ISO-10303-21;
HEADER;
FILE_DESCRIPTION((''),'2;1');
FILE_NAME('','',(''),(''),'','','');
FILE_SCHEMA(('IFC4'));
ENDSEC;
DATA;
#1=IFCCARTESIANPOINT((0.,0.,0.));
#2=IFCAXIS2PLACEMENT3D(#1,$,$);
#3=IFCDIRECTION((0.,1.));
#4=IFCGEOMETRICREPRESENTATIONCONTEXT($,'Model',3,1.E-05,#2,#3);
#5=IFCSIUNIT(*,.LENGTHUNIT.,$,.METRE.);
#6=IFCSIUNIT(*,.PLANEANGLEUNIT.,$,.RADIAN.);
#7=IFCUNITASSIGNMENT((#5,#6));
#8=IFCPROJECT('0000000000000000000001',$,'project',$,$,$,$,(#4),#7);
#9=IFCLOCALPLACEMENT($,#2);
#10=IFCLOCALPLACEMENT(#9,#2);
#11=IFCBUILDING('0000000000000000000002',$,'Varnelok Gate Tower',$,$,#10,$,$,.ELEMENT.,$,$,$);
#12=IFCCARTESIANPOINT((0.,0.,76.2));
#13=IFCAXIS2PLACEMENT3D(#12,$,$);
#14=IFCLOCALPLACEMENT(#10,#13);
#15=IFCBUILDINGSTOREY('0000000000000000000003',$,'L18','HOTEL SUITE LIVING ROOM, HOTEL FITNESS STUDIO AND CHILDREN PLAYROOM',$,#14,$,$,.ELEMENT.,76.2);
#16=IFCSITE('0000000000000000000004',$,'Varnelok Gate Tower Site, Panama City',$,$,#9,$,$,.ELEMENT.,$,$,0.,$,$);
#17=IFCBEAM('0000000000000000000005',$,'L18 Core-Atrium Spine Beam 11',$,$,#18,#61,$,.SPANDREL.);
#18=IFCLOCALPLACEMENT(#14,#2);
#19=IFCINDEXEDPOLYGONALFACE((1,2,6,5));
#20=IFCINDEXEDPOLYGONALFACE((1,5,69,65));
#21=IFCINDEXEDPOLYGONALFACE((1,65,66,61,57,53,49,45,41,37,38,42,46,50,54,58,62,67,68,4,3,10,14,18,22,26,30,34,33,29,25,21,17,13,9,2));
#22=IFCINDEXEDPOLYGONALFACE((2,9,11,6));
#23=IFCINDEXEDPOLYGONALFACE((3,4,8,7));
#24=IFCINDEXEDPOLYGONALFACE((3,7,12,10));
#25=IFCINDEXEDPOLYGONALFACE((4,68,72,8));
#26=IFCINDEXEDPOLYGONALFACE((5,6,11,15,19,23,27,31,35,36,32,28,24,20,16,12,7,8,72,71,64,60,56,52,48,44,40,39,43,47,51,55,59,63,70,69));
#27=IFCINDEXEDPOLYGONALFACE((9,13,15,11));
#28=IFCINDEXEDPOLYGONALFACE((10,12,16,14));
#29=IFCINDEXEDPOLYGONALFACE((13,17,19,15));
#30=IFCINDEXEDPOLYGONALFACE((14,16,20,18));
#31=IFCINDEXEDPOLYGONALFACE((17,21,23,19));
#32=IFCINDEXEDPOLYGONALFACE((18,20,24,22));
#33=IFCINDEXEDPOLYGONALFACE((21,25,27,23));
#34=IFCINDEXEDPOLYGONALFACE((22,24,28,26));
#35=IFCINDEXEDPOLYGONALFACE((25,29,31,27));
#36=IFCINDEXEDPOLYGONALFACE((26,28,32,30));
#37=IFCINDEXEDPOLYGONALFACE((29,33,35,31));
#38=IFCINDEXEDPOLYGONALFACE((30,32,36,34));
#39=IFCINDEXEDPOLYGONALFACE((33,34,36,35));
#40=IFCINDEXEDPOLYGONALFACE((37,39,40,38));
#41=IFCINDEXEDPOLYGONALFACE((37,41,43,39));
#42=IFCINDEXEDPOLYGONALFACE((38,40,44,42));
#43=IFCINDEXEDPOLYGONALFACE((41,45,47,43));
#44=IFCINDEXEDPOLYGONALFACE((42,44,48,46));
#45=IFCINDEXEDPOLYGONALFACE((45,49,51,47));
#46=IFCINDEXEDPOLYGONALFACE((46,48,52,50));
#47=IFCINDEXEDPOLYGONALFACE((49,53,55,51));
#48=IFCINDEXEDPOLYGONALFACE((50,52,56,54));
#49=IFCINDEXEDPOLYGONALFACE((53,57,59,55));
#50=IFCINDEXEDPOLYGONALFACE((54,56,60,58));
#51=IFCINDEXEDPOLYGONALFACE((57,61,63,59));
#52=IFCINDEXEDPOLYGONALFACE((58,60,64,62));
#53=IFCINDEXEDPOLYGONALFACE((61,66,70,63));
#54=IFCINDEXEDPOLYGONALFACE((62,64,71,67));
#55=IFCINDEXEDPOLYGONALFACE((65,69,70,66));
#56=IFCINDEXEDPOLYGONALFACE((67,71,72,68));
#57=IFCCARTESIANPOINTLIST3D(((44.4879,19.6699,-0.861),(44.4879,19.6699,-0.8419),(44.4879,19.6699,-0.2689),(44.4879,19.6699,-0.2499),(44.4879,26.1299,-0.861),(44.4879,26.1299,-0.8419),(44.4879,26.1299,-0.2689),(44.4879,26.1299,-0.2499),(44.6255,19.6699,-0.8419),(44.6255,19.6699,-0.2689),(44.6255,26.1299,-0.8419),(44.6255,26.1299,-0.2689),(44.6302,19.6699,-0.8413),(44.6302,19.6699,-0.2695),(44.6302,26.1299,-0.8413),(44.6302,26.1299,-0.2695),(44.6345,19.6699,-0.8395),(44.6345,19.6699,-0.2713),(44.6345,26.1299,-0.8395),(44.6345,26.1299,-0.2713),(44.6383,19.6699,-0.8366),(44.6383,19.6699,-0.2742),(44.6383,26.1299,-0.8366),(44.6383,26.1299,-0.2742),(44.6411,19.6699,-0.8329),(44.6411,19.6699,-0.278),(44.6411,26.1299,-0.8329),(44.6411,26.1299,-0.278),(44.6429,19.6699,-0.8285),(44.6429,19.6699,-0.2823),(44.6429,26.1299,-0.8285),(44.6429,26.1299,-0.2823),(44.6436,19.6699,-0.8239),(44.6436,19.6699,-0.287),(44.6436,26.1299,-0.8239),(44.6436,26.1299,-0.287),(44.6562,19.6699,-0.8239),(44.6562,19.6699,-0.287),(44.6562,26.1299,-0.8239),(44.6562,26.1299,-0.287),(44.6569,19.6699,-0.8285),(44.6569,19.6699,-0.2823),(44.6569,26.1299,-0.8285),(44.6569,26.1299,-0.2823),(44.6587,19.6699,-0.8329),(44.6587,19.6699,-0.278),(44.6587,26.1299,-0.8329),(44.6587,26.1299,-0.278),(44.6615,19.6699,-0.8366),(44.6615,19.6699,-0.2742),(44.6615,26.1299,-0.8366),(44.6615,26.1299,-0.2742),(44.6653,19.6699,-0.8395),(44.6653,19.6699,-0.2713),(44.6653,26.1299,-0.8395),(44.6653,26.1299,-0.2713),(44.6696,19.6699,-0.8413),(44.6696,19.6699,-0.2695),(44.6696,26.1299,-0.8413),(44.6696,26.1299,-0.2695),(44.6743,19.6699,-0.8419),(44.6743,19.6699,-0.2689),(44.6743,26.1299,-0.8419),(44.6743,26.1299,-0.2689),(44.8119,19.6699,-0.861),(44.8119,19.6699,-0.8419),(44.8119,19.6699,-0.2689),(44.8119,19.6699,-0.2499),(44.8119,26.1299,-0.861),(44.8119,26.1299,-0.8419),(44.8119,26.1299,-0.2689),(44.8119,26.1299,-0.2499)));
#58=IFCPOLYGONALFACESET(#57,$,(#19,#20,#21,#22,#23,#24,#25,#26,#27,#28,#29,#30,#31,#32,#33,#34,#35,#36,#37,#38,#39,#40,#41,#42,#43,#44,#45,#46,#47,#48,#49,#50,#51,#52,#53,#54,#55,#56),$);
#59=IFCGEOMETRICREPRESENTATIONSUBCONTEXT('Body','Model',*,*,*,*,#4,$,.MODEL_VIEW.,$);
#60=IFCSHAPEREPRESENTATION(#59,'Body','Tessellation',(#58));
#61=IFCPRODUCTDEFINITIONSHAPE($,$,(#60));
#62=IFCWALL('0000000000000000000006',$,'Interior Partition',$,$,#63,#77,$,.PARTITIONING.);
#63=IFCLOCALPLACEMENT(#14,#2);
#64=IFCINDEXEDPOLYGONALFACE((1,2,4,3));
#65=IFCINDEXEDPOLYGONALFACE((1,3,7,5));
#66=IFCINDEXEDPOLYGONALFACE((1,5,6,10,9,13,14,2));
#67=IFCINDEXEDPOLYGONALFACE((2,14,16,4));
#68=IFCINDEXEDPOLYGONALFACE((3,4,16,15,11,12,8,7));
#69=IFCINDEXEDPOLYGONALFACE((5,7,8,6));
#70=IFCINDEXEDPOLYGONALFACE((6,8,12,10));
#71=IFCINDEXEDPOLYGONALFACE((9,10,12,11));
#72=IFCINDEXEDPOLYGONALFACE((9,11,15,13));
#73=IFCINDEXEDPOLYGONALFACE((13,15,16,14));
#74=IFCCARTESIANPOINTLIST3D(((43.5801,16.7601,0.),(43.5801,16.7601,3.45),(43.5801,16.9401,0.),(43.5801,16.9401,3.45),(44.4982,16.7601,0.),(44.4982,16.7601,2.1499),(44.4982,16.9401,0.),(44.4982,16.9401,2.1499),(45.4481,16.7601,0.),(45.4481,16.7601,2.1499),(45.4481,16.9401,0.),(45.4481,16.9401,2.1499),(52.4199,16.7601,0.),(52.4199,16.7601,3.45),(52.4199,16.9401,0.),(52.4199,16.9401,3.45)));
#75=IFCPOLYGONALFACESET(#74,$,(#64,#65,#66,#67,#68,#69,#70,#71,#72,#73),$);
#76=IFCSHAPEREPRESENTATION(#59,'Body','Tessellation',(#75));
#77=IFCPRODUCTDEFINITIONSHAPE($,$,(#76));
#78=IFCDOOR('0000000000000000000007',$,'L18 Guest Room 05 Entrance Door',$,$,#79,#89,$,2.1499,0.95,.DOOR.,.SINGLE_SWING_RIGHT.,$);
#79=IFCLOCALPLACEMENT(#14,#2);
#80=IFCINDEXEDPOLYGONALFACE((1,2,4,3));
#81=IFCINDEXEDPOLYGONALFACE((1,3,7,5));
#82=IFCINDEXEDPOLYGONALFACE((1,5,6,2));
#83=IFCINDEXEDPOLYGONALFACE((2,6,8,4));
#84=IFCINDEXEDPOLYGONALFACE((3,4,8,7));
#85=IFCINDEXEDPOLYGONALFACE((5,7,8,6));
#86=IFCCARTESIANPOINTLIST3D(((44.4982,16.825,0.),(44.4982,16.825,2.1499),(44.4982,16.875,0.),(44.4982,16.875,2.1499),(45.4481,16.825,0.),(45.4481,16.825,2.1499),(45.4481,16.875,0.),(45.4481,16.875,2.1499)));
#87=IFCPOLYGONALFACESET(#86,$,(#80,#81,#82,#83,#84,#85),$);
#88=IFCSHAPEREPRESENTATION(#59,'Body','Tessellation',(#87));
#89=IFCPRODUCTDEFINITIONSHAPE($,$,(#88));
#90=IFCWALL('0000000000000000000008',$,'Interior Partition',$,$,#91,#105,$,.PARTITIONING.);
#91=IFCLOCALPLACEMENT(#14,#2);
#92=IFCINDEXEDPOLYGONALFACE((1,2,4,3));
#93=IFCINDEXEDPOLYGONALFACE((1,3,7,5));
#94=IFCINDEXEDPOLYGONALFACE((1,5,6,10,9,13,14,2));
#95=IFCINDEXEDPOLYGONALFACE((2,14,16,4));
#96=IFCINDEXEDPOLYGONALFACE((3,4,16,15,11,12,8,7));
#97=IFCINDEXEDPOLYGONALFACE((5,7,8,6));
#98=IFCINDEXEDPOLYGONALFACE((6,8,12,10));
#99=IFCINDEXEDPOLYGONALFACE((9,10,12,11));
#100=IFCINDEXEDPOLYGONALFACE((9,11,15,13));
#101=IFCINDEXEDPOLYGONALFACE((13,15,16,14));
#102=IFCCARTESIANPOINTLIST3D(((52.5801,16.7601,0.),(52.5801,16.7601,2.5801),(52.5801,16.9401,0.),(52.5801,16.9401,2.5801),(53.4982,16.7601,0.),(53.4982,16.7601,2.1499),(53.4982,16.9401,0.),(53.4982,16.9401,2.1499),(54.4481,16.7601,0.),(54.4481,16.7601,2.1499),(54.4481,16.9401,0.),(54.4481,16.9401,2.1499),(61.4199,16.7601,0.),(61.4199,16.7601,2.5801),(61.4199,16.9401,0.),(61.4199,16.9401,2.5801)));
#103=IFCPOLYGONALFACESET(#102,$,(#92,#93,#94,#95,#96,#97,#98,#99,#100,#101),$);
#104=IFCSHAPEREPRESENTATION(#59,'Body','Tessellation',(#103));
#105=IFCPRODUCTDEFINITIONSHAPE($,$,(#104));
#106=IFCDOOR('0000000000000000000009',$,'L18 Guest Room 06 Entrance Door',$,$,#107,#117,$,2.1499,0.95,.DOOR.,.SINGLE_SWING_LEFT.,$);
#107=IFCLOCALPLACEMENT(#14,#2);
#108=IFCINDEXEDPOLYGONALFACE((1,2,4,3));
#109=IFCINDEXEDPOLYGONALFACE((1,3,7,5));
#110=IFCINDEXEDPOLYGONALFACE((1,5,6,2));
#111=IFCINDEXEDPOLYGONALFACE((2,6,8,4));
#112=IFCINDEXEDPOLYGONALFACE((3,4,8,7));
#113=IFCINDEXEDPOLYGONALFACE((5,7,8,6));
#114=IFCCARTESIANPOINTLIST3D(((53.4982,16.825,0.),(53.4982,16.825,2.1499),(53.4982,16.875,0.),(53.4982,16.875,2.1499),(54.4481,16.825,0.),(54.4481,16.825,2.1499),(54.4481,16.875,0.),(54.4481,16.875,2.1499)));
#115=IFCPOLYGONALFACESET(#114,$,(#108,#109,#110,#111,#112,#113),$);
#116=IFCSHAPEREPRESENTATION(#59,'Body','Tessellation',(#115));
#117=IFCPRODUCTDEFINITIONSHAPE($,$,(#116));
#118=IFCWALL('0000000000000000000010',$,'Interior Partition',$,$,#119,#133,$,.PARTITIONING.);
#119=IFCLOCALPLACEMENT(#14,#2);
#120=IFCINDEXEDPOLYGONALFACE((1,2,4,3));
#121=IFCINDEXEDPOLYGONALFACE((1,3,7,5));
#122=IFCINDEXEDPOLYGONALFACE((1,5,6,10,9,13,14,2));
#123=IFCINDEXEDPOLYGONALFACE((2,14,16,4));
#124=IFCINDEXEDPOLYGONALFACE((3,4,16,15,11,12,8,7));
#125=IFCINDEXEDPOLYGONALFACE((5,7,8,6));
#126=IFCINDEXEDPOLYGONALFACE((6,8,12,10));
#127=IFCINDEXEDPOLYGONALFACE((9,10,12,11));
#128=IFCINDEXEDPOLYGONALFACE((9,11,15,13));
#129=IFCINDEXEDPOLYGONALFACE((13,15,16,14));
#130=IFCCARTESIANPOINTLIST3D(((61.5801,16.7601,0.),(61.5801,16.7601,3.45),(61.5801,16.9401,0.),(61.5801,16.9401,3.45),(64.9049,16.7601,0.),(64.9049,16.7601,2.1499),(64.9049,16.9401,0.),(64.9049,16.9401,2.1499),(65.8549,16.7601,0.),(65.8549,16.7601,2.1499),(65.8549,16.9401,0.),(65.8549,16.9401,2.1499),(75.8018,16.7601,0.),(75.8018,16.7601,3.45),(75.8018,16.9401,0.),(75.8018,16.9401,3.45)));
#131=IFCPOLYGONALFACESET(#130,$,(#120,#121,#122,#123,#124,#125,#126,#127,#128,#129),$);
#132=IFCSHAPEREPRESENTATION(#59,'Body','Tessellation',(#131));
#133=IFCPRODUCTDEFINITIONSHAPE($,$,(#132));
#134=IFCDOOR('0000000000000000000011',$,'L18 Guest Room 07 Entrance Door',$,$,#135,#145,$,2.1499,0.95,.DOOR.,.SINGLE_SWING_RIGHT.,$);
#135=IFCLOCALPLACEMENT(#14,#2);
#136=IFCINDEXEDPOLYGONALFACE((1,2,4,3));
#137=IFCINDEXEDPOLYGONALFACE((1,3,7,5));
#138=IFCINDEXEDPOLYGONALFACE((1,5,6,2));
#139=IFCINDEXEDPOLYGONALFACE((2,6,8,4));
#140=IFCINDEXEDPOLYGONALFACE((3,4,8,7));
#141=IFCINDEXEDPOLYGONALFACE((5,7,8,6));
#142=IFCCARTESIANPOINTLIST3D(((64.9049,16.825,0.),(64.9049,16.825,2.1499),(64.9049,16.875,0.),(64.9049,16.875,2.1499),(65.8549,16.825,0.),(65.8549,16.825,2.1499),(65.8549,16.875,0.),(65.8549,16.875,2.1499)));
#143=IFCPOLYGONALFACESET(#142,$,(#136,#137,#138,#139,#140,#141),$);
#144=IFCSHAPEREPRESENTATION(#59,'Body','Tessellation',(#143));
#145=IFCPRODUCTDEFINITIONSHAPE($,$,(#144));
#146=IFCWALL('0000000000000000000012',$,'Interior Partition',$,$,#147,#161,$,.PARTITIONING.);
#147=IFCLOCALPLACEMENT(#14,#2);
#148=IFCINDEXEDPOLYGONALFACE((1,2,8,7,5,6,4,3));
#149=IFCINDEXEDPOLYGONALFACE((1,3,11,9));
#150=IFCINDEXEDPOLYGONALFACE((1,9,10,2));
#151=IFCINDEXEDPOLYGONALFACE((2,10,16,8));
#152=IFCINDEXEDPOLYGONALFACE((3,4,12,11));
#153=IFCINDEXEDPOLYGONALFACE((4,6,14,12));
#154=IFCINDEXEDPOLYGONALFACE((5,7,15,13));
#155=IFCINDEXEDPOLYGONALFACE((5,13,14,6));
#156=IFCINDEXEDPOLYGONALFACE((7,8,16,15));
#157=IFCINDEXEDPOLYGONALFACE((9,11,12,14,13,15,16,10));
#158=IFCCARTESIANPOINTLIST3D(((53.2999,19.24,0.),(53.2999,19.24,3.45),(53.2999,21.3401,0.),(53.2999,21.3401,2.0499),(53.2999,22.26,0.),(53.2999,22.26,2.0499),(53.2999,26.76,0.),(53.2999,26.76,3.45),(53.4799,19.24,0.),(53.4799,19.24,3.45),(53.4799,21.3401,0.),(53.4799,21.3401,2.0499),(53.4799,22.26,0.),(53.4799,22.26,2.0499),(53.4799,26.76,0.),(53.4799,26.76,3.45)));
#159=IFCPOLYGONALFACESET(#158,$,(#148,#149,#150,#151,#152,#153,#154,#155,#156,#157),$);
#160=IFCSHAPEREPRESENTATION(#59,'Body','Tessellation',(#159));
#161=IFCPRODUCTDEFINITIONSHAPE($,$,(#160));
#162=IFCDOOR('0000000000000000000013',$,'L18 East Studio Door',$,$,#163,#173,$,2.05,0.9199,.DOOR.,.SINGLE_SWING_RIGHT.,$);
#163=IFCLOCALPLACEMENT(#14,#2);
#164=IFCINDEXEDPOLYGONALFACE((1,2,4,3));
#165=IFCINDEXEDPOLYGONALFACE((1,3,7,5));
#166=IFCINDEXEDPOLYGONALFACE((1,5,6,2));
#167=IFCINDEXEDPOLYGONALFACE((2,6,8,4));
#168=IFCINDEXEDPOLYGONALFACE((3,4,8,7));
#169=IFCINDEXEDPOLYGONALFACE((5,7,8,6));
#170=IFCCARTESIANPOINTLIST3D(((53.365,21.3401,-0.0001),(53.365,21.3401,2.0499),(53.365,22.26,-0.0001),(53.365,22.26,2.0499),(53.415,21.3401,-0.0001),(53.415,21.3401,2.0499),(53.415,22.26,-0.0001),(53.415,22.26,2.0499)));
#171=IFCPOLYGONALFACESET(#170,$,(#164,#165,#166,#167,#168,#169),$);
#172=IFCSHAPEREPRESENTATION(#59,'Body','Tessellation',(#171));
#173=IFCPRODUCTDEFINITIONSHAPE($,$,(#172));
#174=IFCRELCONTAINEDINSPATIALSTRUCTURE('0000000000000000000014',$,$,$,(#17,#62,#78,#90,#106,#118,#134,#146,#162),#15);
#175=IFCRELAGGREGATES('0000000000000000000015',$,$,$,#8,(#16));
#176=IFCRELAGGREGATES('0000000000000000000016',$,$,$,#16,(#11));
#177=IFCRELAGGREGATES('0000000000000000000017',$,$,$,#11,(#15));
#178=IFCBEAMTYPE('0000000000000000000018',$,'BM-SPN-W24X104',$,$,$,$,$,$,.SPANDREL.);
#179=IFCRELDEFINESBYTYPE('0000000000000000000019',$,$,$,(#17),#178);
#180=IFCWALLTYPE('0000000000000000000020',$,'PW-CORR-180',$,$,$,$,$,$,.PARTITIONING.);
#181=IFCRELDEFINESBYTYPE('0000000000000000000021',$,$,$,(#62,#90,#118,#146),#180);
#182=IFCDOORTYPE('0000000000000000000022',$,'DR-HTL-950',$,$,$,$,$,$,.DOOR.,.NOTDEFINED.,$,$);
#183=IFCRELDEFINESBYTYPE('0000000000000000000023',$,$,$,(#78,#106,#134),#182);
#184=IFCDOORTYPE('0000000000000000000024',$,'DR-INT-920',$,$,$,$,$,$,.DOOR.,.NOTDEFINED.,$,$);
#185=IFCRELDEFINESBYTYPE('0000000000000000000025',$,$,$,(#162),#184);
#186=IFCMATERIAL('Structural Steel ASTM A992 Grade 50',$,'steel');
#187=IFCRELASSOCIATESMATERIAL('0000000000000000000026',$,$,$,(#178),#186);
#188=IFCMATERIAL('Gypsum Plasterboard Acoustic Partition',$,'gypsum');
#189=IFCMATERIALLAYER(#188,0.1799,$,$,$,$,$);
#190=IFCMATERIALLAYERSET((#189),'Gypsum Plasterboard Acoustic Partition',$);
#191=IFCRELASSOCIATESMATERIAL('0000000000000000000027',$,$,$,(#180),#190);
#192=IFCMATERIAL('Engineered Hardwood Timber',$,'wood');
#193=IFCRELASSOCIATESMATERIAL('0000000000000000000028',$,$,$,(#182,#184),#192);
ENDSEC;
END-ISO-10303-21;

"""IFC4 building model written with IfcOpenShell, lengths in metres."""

from ifc_helpers import new_model, si_unit, direction, frame, frame_2d, origin, origin_2d, place, context, subcontext, project, spatial, rectangle, i_section, extrude, material, layer, layer_set, material_profile, profile_set, type_object, element, fill, save


model = new_model("IFC4")

# Units and contexts
model_context = context("Model", 3, precision=1e-05, world=origin(), true_north=direction((0.0, 1.0)))
body_context = subcontext(model_context, "Body", "Model", "MODEL_VIEW")
ifc_project = project(units=[si_unit("LENGTHUNIT", "METRE"), si_unit("PLANEANGLEUNIT", "RADIAN")], contexts=[model_context])

# Site, building, storey
site_placement = place(None, origin())
site = spatial("IfcSite", under=ifc_project, at=site_placement, Name="Varnelok Gate Tower Site, Panama City", CompositionType="ELEMENT", RefElevation=0.0)
building_placement = place(site_placement, origin())
building = spatial("IfcBuilding", under=site, at=building_placement, Name="Varnelok Gate Tower", CompositionType="ELEMENT")
storey_placement = place(building_placement, frame((0.0, 0.0, 76.2)))
storey = spatial("IfcBuildingStorey", under=building, at=storey_placement, Name="L18", Description="HOTEL SUITE LIVING ROOM, HOTEL FITNESS STUDIO AND CHILDREN PLAYROOM", CompositionType="ELEMENT", Elevation=76.2)

# Shared definitions
ifc_material_1 = material(Name="Structural Steel ASTM A992 Grade 50", Category="steel")

# Beam
ifc_material_profile_1 = material_profile(ifc_material_1, i_section(OverallWidth=0.324, OverallDepth=0.6111, WebThickness=0.0127, FlangeThickness=0.019, FilletRadius=0.0181, at=origin_2d()), Name="W24X104")
ifc_profile_set_1 = profile_set([ifc_material_profile_1], Name="Structural Steel ASTM A992 Grade 50")
beam_type_1 = type_object("IfcBeamType", Name="BM-SPN-W24X104", PredefinedType="SPANDREL", material=ifc_profile_set_1)
beam_1_placement = place(storey_placement, frame((44.6499, 19.6699, -0.5554), z_axis=(0.0, 1.0, 0.0), x_axis=(-1.0, 0.0, 0.0)))
element("IfcBeam", 1, at=beam_1_placement, inside=storey, type_object=beam_type_1, Name="L18 Core-Atrium Spine Beam 11", PredefinedType="SPANDREL", context=body_context, shape_type="SweptSolid", body=[
    extrude(i_section(OverallWidth=0.324, OverallDepth=0.6111, WebThickness=0.0127, FlangeThickness=0.019, FilletRadius=0.0181, at=origin_2d()), origin(), (0.0, 0.0, 1.0), 6.46),
])

# Walls, openings, doors
ifc_material_2 = material(Name="Gypsum Plasterboard Acoustic Partition", Category="gypsum")
ifc_layer_1 = layer(ifc_material_2, 0.1799)
ifc_layer_set_1 = layer_set([ifc_layer_1], Name="Gypsum Plasterboard Acoustic Partition")
wall_type_1 = type_object("IfcWallType", Name="PW-CORR-180", PredefinedType="PARTITIONING", material=ifc_layer_set_1)
wall_1_placement = place(storey_placement, frame((43.5801, 16.8501, 0.0), z_axis=(0.0, 0.0, 1.0), x_axis=(1.0, 0.0, 0.0)))
wall_1 = element("IfcWall", 2, at=wall_1_placement, inside=storey, type_object=wall_type_1, Name="Interior Partition", PredefinedType="PARTITIONING", context=body_context, shape_type="SweptSolid", body=[
    extrude(rectangle(XDim=8.8398, YDim=0.1799, at=frame_2d((4.4199, 0.0))), origin(), (0.0, 0.0, 1.0), 3.45),
])
opening_1_placement = place(wall_1_placement, frame((0.918, 0.0, 0.0)))
opening_1 = element("IfcOpeningElement", 3, at=opening_1_placement, cuts=wall_1, PredefinedType="OPENING", context=body_context, shape_type="SweptSolid", body=[
    extrude(rectangle(XDim=0.95, YDim=2.1499, at=frame_2d((0.4751, 1.075))), frame((0.0, 0.0999, 0.0), z_axis=(0.0, -1.0, 0.0), x_axis=(1.0, 0.0, 0.0)), (0.0, 0.0, 1.0), 0.2),
])
ifc_material_3 = material(Name="Engineered Hardwood Timber", Category="wood")
door_type_1 = type_object("IfcDoorType", Name="DR-HTL-950", OperationType="NOTDEFINED", PredefinedType="DOOR", material=ifc_material_3)
door_1_placement = place(opening_1_placement, origin())
door_1 = element("IfcDoor", 4, at=door_1_placement, inside=storey, type_object=door_type_1, Name="L18 Guest Room 05 Entrance Door", OperationType="SINGLE_SWING_RIGHT", OverallHeight=2.1499, OverallWidth=0.95, PredefinedType="DOOR", context=body_context, shape_type="SweptSolid", body=[
    extrude(rectangle(XDim=0.95, YDim=2.1499, at=frame_2d((0.4751, 1.075))), frame((0.0, 0.0249, 0.0), z_axis=(0.0, -1.0, 0.0), x_axis=(1.0, 0.0, 0.0)), (0.0, 0.0, 1.0), 0.05),
])
fill(opening_1, door_1)
wall_2_placement = place(storey_placement, frame((52.5801, 16.8501, 0.0), z_axis=(0.0, 0.0, 1.0), x_axis=(1.0, 0.0, 0.0)))
wall_2 = element("IfcWall", 5, at=wall_2_placement, inside=storey, type_object=wall_type_1, Name="Interior Partition", PredefinedType="PARTITIONING", context=body_context, shape_type="SweptSolid", body=[
    extrude(rectangle(XDim=8.8398, YDim=0.1799, at=frame_2d((4.4199, 0.0))), origin(), (0.0, 0.0, 1.0), 2.5801),
])
opening_2_placement = place(wall_2_placement, frame((0.918, 0.0, 0.0)))
opening_2 = element("IfcOpeningElement", 6, at=opening_2_placement, cuts=wall_2, PredefinedType="OPENING", context=body_context, shape_type="SweptSolid", body=[
    extrude(rectangle(XDim=0.95, YDim=2.1499, at=frame_2d((0.4751, 1.075))), frame((0.0, 0.0999, 0.0), z_axis=(0.0, -1.0, 0.0), x_axis=(1.0, 0.0, 0.0)), (0.0, 0.0, 1.0), 0.2),
])
door_2_placement = place(opening_2_placement, origin())
door_2 = element("IfcDoor", 7, at=door_2_placement, inside=storey, type_object=door_type_1, Name="L18 Guest Room 06 Entrance Door", OperationType="SINGLE_SWING_LEFT", OverallHeight=2.1499, OverallWidth=0.95, PredefinedType="DOOR", context=body_context, shape_type="SweptSolid", body=[
    extrude(rectangle(XDim=0.95, YDim=2.1499, at=frame_2d((0.4751, 1.075))), frame((0.0, 0.0249, 0.0), z_axis=(0.0, -1.0, 0.0), x_axis=(1.0, 0.0, 0.0)), (0.0, 0.0, 1.0), 0.05),
])
fill(opening_2, door_2)
wall_3_placement = place(storey_placement, frame((61.5801, 16.8501, 0.0), z_axis=(0.0, 0.0, 1.0), x_axis=(1.0, 0.0, 0.0)))
wall_3 = element("IfcWall", 8, at=wall_3_placement, inside=storey, type_object=wall_type_1, Name="Interior Partition", PredefinedType="PARTITIONING", context=body_context, shape_type="SweptSolid", body=[
    extrude(rectangle(XDim=14.2217, YDim=0.1799, at=frame_2d((7.1108, 0.0))), origin(), (0.0, 0.0, 1.0), 3.45),
])
opening_3_placement = place(wall_3_placement, frame((3.3247, 0.0, 0.0)))
opening_3 = element("IfcOpeningElement", 9, at=opening_3_placement, cuts=wall_3, PredefinedType="OPENING", context=body_context, shape_type="SweptSolid", body=[
    extrude(rectangle(XDim=0.95, YDim=2.1499, at=frame_2d((0.4751, 1.075))), frame((0.0, 0.0999, 0.0), z_axis=(0.0, -1.0, 0.0), x_axis=(1.0, 0.0, 0.0)), (0.0, 0.0, 1.0), 0.2),
])
door_3_placement = place(opening_3_placement, origin())
door_3 = element("IfcDoor", 10, at=door_3_placement, inside=storey, type_object=door_type_1, Name="L18 Guest Room 07 Entrance Door", OperationType="SINGLE_SWING_RIGHT", OverallHeight=2.1499, OverallWidth=0.95, PredefinedType="DOOR", context=body_context, shape_type="SweptSolid", body=[
    extrude(rectangle(XDim=0.95, YDim=2.1499, at=frame_2d((0.4751, 1.075))), frame((0.0, 0.0249, 0.0), z_axis=(0.0, -1.0, 0.0), x_axis=(1.0, 0.0, 0.0)), (0.0, 0.0, 1.0), 0.05),
])
fill(opening_3, door_3)
wall_4_placement = place(storey_placement, frame((53.3899, 19.24, 0.0), z_axis=(0.0, 0.0, 1.0), x_axis=(0.0, 1.0, 0.0)))
wall_4 = element("IfcWall", 11, at=wall_4_placement, inside=storey, type_object=wall_type_1, Name="Interior Partition", PredefinedType="PARTITIONING", context=body_context, shape_type="SweptSolid", body=[
    extrude(rectangle(XDim=7.52, YDim=0.1799, at=frame_2d((3.76, 0.0))), origin(), (0.0, 0.0, 1.0), 3.45),
])
opening_4_placement = place(wall_4_placement, frame((2.1001, 0.0, 0.0)))
opening_4 = element("IfcOpeningElement", 12, at=opening_4_placement, cuts=wall_4, PredefinedType="OPENING", context=body_context, shape_type="SweptSolid", body=[
    extrude(rectangle(XDim=0.9199, YDim=2.05, at=frame_2d((0.46, 1.0249))), frame((0.0, 0.0999, 0.0), z_axis=(0.0, -1.0, 0.0), x_axis=(1.0, 0.0, 0.0)), (0.0, 0.0, 1.0), 0.2),
])
door_type_2 = type_object("IfcDoorType", Name="DR-INT-920", OperationType="NOTDEFINED", PredefinedType="DOOR", material=ifc_material_3)
door_4_placement = place(opening_4_placement, origin())
door_4 = element("IfcDoor", 13, at=door_4_placement, inside=storey, type_object=door_type_2, Name="L18 East Studio Door", OperationType="SINGLE_SWING_RIGHT", OverallHeight=2.05, OverallWidth=0.9199, PredefinedType="DOOR", context=body_context, shape_type="SweptSolid", body=[
    extrude(rectangle(XDim=0.9199, YDim=2.05, at=frame_2d((0.46, 1.0249))), frame((0.0, 0.0249, 0.0), z_axis=(0.0, -1.0, 0.0), x_axis=(1.0, 0.0, 0.0)), (0.0, 0.0, 1.0), 0.05),
])
fill(opening_4, door_4)

save(model, "model.ifc")
